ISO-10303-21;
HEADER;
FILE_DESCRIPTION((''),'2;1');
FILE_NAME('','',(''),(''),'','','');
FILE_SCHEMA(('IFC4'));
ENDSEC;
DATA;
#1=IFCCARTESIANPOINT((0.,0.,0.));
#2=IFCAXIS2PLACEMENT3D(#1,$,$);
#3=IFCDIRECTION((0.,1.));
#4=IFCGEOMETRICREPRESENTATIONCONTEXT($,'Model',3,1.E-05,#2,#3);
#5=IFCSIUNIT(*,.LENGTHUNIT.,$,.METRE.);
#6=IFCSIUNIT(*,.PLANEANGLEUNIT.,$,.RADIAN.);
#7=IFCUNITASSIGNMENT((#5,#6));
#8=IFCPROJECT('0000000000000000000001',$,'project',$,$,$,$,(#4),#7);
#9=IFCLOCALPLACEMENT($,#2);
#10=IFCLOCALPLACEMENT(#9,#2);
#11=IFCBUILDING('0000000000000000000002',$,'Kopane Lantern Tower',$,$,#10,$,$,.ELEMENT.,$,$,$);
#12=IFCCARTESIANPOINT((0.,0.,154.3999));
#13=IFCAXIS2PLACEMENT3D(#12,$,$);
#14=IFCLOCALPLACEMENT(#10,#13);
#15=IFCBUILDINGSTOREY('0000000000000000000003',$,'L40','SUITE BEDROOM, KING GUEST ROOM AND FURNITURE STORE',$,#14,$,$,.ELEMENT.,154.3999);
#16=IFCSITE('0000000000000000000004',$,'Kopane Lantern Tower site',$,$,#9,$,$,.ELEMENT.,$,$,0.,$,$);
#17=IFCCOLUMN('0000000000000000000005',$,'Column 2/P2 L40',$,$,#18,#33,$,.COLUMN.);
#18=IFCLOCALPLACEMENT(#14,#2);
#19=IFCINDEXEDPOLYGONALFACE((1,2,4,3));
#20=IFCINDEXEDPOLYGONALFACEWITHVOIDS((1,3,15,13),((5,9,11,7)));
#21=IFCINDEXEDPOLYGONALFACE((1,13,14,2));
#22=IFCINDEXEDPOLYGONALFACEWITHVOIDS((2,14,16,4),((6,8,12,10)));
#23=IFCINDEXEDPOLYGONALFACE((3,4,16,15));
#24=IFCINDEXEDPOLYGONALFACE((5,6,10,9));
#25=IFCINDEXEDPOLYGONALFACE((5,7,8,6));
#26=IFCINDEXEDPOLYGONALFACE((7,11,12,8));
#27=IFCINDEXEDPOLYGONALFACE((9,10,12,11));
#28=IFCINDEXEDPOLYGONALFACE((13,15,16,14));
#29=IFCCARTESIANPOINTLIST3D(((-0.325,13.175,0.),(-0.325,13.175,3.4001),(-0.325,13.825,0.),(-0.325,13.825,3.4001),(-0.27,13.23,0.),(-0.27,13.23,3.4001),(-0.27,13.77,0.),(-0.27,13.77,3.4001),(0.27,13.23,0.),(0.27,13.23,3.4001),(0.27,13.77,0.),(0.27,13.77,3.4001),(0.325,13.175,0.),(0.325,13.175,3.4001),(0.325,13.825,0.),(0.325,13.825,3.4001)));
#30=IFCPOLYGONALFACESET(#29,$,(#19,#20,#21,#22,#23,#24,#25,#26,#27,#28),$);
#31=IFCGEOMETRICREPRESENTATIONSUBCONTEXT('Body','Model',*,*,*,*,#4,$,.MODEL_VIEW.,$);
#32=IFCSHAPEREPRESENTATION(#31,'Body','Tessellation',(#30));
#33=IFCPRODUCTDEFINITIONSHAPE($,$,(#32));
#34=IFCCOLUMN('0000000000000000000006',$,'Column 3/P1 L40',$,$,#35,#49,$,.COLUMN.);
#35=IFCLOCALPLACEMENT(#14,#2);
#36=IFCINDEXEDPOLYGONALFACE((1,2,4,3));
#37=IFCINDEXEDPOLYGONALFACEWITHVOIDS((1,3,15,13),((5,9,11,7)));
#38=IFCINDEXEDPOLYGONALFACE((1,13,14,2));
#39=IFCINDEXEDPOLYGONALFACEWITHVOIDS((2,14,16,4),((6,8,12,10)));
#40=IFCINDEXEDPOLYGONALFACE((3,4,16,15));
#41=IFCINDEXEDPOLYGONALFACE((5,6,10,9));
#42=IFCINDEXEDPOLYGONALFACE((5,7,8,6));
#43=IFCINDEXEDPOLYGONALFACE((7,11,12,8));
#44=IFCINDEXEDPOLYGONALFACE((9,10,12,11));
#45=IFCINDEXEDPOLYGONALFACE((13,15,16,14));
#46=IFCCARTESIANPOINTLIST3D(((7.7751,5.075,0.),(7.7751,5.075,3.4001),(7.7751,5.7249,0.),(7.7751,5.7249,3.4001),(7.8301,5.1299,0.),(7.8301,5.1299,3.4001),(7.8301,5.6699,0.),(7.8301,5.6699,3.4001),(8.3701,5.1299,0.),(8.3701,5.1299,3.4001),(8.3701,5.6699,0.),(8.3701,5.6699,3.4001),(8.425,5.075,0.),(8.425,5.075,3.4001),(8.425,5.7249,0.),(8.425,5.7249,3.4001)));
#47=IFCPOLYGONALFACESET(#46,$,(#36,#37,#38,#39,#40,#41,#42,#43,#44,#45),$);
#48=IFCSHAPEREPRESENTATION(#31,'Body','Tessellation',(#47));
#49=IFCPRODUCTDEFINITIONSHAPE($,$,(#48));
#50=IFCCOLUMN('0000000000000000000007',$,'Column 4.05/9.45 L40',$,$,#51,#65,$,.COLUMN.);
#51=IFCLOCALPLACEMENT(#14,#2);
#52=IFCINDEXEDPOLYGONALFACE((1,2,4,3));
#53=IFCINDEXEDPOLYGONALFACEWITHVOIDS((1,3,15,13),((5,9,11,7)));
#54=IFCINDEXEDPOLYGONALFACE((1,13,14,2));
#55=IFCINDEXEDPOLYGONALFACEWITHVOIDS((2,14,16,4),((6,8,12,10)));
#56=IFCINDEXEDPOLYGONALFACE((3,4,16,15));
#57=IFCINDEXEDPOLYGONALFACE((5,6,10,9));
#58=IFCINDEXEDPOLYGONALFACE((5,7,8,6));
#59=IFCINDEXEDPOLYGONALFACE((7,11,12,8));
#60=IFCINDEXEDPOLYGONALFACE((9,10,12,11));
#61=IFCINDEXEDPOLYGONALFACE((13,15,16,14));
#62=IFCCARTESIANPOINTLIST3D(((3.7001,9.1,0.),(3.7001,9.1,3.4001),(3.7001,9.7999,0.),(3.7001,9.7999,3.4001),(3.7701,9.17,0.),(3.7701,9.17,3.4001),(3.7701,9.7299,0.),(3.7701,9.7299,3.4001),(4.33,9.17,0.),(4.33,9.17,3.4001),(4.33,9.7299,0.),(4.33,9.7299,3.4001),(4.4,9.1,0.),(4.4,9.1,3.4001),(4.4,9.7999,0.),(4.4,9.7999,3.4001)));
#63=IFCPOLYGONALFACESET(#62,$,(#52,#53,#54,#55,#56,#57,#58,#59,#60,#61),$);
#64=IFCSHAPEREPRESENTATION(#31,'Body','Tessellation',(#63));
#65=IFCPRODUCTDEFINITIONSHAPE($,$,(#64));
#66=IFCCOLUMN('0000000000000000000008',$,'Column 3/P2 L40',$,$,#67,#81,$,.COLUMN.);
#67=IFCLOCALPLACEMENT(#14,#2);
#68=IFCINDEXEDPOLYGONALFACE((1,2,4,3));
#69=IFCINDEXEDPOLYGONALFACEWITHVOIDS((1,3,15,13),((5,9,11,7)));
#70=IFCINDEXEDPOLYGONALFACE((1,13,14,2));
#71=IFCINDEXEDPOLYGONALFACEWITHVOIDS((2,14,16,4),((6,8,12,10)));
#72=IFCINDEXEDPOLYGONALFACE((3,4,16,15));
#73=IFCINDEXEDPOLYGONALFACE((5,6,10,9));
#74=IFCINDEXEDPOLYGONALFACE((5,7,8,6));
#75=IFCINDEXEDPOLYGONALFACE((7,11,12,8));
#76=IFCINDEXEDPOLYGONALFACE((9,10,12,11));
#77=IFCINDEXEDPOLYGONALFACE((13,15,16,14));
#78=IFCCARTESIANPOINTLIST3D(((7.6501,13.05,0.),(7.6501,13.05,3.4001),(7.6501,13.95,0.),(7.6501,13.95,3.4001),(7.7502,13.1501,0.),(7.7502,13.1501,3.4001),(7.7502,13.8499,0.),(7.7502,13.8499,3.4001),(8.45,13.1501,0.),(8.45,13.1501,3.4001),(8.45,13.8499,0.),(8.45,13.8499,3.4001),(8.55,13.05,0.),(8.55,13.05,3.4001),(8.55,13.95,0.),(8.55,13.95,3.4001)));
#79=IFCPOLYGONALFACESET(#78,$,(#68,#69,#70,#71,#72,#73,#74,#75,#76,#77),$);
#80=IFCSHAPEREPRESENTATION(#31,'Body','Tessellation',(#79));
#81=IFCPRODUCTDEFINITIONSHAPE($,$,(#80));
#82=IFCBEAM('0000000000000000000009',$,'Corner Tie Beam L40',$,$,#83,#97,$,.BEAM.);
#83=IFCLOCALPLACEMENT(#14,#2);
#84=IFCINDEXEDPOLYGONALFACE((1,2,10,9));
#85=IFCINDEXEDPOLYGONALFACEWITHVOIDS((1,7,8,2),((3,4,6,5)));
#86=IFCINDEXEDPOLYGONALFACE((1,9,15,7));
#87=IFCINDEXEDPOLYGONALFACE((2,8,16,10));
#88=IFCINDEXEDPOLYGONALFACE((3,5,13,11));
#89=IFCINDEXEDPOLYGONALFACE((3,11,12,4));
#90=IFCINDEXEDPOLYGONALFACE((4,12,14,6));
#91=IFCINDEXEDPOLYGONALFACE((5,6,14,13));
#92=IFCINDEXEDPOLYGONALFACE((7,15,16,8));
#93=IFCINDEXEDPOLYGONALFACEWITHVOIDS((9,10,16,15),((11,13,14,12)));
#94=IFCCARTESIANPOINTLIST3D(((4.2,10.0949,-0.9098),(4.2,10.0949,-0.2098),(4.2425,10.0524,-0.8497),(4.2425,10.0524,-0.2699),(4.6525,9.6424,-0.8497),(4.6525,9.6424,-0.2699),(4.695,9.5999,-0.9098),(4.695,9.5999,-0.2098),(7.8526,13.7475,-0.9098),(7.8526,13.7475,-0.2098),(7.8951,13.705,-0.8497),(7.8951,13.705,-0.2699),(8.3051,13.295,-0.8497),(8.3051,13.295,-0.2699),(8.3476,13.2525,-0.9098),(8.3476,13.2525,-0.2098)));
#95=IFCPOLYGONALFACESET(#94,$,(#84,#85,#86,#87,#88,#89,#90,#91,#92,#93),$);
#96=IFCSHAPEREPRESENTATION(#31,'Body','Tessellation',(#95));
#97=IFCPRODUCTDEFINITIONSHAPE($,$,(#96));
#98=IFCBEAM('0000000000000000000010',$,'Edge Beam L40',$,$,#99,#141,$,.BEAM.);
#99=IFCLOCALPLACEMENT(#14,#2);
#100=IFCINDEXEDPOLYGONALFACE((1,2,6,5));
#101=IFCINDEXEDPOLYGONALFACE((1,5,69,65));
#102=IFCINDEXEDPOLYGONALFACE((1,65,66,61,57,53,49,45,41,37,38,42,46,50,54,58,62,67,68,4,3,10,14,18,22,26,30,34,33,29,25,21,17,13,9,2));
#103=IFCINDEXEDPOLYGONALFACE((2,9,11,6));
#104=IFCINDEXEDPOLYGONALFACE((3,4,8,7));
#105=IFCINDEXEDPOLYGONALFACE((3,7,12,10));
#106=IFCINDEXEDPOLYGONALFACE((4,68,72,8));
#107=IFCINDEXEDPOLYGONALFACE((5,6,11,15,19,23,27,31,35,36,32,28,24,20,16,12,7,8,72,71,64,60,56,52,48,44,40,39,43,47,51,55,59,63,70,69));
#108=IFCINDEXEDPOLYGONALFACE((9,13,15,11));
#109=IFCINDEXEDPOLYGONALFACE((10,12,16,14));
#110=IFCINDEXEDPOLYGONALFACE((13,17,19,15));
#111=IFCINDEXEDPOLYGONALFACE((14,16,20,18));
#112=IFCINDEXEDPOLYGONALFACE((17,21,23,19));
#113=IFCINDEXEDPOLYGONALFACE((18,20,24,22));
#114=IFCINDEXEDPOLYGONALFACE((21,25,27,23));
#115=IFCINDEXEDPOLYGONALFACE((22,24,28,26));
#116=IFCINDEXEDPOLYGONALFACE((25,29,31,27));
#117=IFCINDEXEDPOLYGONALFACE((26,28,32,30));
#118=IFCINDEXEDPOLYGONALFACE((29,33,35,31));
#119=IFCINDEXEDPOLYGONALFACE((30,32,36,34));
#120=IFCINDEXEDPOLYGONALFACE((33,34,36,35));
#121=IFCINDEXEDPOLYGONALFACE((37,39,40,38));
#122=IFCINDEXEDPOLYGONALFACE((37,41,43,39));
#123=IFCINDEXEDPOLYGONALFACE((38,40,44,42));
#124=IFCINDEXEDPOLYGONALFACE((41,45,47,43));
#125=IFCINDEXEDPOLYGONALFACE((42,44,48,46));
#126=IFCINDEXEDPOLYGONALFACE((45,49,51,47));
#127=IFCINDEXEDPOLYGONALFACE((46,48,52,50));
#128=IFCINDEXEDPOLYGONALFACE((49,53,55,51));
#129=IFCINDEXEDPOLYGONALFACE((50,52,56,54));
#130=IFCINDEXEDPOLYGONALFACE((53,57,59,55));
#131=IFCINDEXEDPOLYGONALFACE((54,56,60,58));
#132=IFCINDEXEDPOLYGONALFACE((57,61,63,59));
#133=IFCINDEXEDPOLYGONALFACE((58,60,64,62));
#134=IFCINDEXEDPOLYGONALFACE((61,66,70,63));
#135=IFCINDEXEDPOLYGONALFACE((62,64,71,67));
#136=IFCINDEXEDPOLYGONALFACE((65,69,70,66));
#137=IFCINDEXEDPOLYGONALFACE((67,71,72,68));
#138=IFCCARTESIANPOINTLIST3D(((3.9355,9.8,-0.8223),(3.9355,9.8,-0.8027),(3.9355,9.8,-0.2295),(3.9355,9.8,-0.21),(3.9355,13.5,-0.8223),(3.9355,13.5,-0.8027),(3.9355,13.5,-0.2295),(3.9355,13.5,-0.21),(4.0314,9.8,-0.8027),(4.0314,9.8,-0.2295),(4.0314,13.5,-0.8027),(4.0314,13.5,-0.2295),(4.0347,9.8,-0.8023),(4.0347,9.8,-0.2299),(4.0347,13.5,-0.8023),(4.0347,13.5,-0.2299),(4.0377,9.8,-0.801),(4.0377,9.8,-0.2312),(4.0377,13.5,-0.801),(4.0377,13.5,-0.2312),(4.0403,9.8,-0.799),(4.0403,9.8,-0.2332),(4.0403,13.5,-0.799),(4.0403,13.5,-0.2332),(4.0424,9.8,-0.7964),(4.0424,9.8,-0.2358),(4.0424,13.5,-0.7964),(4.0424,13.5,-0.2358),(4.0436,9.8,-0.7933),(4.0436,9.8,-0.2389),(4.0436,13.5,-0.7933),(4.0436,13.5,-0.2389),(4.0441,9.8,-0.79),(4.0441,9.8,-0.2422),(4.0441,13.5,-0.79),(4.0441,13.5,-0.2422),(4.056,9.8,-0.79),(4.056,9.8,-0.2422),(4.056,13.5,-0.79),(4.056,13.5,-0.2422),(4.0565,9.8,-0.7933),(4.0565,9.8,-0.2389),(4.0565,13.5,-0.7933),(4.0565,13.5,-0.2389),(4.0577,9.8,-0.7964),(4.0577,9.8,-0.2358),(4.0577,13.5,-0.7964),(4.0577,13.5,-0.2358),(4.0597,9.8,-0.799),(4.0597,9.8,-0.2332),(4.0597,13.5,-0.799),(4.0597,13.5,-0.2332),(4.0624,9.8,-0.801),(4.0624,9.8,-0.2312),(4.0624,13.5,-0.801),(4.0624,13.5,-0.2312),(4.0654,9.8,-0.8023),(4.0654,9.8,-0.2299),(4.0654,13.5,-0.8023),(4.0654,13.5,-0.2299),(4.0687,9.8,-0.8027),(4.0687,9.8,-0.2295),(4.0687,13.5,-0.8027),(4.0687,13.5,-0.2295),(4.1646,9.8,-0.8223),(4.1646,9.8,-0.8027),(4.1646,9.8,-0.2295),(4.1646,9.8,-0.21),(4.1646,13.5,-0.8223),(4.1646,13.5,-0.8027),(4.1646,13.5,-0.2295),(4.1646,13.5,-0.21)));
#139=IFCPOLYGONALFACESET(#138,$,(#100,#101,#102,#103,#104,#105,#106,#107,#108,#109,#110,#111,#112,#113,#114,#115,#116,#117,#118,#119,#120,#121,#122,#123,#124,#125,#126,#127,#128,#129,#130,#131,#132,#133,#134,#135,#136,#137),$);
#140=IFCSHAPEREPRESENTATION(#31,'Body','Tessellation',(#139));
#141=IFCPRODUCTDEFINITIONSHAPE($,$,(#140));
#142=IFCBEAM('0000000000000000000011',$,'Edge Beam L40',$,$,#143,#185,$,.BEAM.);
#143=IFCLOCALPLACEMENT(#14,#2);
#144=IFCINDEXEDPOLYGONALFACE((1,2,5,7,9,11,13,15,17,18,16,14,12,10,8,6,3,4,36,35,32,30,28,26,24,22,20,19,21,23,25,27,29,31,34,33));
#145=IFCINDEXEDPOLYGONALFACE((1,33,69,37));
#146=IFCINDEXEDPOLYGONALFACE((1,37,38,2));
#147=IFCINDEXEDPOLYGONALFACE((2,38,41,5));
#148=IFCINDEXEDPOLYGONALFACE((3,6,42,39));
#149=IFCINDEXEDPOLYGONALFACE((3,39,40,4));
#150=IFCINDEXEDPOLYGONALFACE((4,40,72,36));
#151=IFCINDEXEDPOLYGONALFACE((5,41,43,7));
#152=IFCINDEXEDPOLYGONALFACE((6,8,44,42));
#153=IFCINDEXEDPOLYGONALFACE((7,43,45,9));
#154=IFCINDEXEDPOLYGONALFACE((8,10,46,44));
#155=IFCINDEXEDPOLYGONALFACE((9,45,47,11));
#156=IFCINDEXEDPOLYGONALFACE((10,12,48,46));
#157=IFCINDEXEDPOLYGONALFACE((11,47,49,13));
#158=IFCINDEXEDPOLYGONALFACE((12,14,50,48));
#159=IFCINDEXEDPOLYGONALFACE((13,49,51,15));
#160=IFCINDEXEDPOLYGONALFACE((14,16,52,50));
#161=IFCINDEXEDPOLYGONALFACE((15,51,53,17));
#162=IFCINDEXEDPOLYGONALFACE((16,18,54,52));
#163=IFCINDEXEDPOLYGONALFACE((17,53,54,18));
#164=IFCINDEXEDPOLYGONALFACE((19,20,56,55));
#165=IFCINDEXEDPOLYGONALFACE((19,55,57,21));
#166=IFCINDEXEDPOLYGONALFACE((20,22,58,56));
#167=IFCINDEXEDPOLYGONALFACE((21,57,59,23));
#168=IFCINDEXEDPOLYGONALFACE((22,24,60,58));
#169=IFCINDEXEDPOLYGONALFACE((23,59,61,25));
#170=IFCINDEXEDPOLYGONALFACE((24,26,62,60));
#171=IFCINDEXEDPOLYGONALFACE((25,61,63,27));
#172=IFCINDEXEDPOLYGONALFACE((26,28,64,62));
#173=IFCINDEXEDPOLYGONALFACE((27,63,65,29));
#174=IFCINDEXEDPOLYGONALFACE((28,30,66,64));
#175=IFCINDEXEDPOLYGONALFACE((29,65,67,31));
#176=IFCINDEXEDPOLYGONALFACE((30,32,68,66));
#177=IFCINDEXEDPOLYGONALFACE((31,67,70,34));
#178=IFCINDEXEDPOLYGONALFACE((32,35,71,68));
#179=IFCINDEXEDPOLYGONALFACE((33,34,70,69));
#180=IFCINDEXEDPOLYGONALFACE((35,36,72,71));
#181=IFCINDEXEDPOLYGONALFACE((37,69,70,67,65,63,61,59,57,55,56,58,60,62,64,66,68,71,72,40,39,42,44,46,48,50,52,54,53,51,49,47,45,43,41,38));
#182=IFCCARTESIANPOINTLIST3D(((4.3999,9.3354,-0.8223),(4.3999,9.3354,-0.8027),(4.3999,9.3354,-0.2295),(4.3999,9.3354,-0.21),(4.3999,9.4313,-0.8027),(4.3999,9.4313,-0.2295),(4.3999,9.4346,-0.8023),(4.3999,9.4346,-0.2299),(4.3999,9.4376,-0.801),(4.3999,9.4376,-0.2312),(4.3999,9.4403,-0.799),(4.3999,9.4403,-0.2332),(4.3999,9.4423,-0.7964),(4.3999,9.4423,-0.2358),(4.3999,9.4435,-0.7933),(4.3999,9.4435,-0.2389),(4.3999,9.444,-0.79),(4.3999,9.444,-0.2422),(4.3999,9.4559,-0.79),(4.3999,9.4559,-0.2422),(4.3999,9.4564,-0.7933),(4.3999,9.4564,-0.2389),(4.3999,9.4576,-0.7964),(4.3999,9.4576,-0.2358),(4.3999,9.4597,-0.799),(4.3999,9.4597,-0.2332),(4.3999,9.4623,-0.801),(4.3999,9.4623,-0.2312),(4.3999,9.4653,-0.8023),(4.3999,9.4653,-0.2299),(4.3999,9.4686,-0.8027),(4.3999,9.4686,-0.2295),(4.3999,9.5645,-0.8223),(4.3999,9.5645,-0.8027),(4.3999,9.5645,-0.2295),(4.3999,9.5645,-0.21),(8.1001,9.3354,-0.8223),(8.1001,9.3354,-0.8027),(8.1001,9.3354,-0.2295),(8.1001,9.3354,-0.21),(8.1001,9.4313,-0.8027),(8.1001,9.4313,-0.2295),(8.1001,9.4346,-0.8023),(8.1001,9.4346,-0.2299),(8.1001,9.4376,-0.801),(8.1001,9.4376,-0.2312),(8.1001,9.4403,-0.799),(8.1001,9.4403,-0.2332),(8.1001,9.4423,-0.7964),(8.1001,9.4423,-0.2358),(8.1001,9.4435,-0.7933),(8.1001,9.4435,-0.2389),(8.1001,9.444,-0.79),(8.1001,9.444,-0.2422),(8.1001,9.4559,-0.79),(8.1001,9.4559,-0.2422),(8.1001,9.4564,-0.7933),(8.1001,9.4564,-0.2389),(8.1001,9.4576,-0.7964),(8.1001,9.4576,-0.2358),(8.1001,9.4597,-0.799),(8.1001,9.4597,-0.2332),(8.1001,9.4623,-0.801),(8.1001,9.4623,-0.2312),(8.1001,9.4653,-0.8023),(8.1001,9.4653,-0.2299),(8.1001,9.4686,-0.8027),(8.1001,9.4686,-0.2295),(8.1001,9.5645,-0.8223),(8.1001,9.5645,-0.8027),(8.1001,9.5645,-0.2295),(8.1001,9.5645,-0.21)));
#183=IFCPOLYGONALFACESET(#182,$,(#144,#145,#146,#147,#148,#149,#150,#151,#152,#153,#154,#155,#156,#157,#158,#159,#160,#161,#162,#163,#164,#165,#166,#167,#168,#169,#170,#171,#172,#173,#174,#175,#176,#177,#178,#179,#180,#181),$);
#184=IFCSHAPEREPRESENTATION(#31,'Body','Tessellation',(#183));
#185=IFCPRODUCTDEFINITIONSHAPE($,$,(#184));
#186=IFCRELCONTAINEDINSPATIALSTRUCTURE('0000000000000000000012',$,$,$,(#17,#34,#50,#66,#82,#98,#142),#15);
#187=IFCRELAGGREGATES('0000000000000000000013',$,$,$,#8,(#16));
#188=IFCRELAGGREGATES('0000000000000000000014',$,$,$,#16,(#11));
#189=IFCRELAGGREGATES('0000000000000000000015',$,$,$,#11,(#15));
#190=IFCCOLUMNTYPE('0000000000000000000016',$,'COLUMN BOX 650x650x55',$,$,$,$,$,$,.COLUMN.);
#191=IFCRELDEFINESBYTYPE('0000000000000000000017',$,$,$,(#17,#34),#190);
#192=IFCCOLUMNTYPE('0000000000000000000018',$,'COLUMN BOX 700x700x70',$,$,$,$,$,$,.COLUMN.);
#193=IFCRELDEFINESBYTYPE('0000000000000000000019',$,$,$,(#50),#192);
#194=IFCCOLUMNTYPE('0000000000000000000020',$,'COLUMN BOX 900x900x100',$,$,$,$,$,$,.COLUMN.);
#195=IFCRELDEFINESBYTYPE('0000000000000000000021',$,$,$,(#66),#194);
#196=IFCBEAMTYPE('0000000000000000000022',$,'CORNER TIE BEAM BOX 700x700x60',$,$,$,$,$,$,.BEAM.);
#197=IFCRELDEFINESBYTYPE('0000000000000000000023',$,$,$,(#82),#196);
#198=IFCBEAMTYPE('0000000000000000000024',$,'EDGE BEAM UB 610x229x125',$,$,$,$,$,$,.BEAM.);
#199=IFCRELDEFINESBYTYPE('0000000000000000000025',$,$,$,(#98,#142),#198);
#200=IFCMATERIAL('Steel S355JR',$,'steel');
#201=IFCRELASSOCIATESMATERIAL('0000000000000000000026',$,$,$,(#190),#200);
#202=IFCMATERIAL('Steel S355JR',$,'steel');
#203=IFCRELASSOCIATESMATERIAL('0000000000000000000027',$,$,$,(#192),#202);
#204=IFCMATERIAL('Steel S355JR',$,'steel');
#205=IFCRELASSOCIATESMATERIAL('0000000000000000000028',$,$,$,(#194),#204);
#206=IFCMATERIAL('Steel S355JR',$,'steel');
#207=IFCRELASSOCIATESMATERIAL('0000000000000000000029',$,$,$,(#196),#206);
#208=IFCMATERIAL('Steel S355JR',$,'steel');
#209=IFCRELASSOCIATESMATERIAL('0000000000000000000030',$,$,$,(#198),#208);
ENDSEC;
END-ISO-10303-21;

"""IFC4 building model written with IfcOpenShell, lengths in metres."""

from ifc_helpers import new_model, si_unit, direction, frame, origin, origin_2d, place, context, subcontext, project, spatial, hollow_rectangle, i_section, extrude, material, material_profile, profile_set, type_object, element, save


model = new_model("IFC4")

# Units and contexts
model_context = context("Model", 3, precision=1e-05, world=origin(), true_north=direction((0.0, 1.0)))
body_context = subcontext(model_context, "Body", "Model", "MODEL_VIEW")
ifc_project = project(units=[si_unit("LENGTHUNIT", "METRE"), si_unit("PLANEANGLEUNIT", "RADIAN")], contexts=[model_context])

# Site, building, storey
site_placement = place(None, origin())
site = spatial("IfcSite", under=ifc_project, at=site_placement, Name="Kopane Lantern Tower site", CompositionType="ELEMENT", RefElevation=0.0)
building_placement = place(site_placement, origin())
building = spatial("IfcBuilding", under=site, at=building_placement, Name="Kopane Lantern Tower", CompositionType="ELEMENT")
storey_placement = place(building_placement, frame((0.0, 0.0, 154.3999)))
storey = spatial("IfcBuildingStorey", under=building, at=storey_placement, Name="L40", Description="SUITE BEDROOM, KING GUEST ROOM AND FURNITURE STORE", CompositionType="ELEMENT", Elevation=154.3999)

# Columns
ifc_material_1 = material(Name="Steel S355JR", Category="steel")
ifc_material_profile_1 = material_profile(ifc_material_1, hollow_rectangle(XDim=0.6499, YDim=0.6499, WallThickness=0.0549, at=origin_2d()), Name="BOX 650x650x55")
ifc_profile_set_1 = profile_set([ifc_material_profile_1], Name="Steel S355JR")
column_type_1 = type_object("IfcColumnType", Name="COLUMN BOX 650x650x55", PredefinedType="COLUMN", material=ifc_profile_set_1)
for number, where, z_axis, x_axis, name in (
    (1, (0.0, 13.5, 0.0), (0.0, 0.0, 1.0), (1.0, 0.0, 0.0), "Column 2/P2 L40"),
    (2, (8.1001, 5.3999, 0.0), (0.0, 0.0, 1.0), (1.0, 0.0, 0.0), "Column 3/P1 L40"),
):
    element("IfcColumn", number, at=place(storey_placement, frame(where, z_axis=z_axis, x_axis=x_axis)), inside=storey, type_object=column_type_1, Name=name, PredefinedType="COLUMN", context=body_context, shape_type="SweptSolid", body=[
        extrude(hollow_rectangle(XDim=0.6499, YDim=0.6499, WallThickness=0.0549, at=origin_2d()), origin(), (0.0, 0.0, 1.0), 3.4001),
    ])
ifc_material_2 = material(Name="Steel S355JR", Category="steel")
ifc_material_profile_2 = material_profile(ifc_material_2, hollow_rectangle(XDim=0.7, YDim=0.7, WallThickness=0.0701, at=origin_2d()), Name="BOX 700x700x70")
ifc_profile_set_2 = profile_set([ifc_material_profile_2], Name="Steel S355JR")
column_type_2 = type_object("IfcColumnType", Name="COLUMN BOX 700x700x70", PredefinedType="COLUMN", material=ifc_profile_set_2)
column_1_placement = place(storey_placement, frame((4.05, 9.45, 0.0), z_axis=(0.0, 0.0, 1.0), x_axis=(1.0, 0.0, 0.0)))
element("IfcColumn", 3, at=column_1_placement, inside=storey, type_object=column_type_2, Name="Column 4.05/9.45 L40", PredefinedType="COLUMN", context=body_context, shape_type="SweptSolid", body=[
    extrude(hollow_rectangle(XDim=0.7, YDim=0.7, WallThickness=0.0701, at=origin_2d()), origin(), (0.0, 0.0, 1.0), 3.4001),
])
ifc_material_3 = material(Name="Steel S355JR", Category="steel")
ifc_material_profile_3 = material_profile(ifc_material_3, hollow_rectangle(XDim=0.8999, YDim=0.8999, WallThickness=0.1001, at=origin_2d()), Name="BOX 900x900x100")
ifc_profile_set_3 = profile_set([ifc_material_profile_3], Name="Steel S355JR")
column_type_3 = type_object("IfcColumnType", Name="COLUMN BOX 900x900x100", PredefinedType="COLUMN", material=ifc_profile_set_3)
column_2_placement = place(storey_placement, frame((8.1001, 13.5, 0.0), z_axis=(0.0, 0.0, 1.0), x_axis=(1.0, 0.0, 0.0)))
element("IfcColumn", 4, at=column_2_placement, inside=storey, type_object=column_type_3, Name="Column 3/P2 L40", PredefinedType="COLUMN", context=body_context, shape_type="SweptSolid", body=[
    extrude(hollow_rectangle(XDim=0.8999, YDim=0.8999, WallThickness=0.1001, at=origin_2d()), origin(), (0.0, 0.0, 1.0), 3.4001),
])

# Beams
ifc_material_4 = material(Name="Steel S355JR", Category="steel")
ifc_material_profile_4 = material_profile(ifc_material_4, hollow_rectangle(XDim=0.7, YDim=0.7, WallThickness=0.0601, at=origin_2d()), Name="BOX 700x700x60")
ifc_profile_set_4 = profile_set([ifc_material_profile_4], Name="Steel S355JR")
beam_type_1 = type_object("IfcBeamType", Name="CORNER TIE BEAM BOX 700x700x60", PredefinedType="BEAM", material=ifc_profile_set_4)
beam_1_placement = place(storey_placement, frame((4.4475, 9.8474, -0.5598), z_axis=(0.707107, 0.707107, 0.0), x_axis=(-0.707107, 0.707107, 0.0)))
element("IfcBeam", 5, at=beam_1_placement, inside=storey, type_object=beam_type_1, Name="Corner Tie Beam L40", PredefinedType="BEAM", context=body_context, shape_type="SweptSolid", body=[
    extrude(hollow_rectangle(XDim=0.7, YDim=0.7, WallThickness=0.0601, at=origin_2d()), origin(), (0.0, 0.0, 1.0), 5.1655),
])
ifc_material_5 = material(Name="Steel S355JR", Category="steel")
ifc_material_profile_5 = material_profile(ifc_material_5, i_section(OverallWidth=0.229, OverallDepth=0.6123, WebThickness=0.012, FlangeThickness=0.0195, FilletRadius=0.0127, at=origin_2d()), Name="UB 610x229x125")
ifc_profile_set_5 = profile_set([ifc_material_profile_5], Name="Steel S355JR")
beam_type_2 = type_object("IfcBeamType", Name="EDGE BEAM UB 610x229x125", PredefinedType="BEAM", material=ifc_profile_set_5)
beam_2_placement = place(storey_placement, frame((4.05, 9.8, -0.5161), z_axis=(0.0, 1.0, 0.0), x_axis=(-1.0, 0.0, 0.0)))
element("IfcBeam", 6, at=beam_2_placement, inside=storey, type_object=beam_type_2, Name="Edge Beam L40", PredefinedType="BEAM", context=body_context, shape_type="SweptSolid", body=[
    extrude(i_section(OverallWidth=0.229, OverallDepth=0.6123, WebThickness=0.012, FlangeThickness=0.0195, FilletRadius=0.0127, at=origin_2d()), origin(), (0.0, 0.0, 1.0), 3.7),
])
beam_3_placement = place(storey_placement, frame((4.3999, 9.45, -0.5161), z_axis=(1.0, 0.0, 0.0), x_axis=(0.0, 1.0, 0.0)))
element("IfcBeam", 7, at=beam_3_placement, inside=storey, type_object=beam_type_2, Name="Edge Beam L40", PredefinedType="BEAM", context=body_context, shape_type="SweptSolid", body=[
    extrude(i_section(OverallWidth=0.229, OverallDepth=0.6123, WebThickness=0.012, FlangeThickness=0.0195, FilletRadius=0.0127, at=origin_2d()), origin(), (0.0, 0.0, 1.0), 3.7002),
])

save(model, "model.ifc")
